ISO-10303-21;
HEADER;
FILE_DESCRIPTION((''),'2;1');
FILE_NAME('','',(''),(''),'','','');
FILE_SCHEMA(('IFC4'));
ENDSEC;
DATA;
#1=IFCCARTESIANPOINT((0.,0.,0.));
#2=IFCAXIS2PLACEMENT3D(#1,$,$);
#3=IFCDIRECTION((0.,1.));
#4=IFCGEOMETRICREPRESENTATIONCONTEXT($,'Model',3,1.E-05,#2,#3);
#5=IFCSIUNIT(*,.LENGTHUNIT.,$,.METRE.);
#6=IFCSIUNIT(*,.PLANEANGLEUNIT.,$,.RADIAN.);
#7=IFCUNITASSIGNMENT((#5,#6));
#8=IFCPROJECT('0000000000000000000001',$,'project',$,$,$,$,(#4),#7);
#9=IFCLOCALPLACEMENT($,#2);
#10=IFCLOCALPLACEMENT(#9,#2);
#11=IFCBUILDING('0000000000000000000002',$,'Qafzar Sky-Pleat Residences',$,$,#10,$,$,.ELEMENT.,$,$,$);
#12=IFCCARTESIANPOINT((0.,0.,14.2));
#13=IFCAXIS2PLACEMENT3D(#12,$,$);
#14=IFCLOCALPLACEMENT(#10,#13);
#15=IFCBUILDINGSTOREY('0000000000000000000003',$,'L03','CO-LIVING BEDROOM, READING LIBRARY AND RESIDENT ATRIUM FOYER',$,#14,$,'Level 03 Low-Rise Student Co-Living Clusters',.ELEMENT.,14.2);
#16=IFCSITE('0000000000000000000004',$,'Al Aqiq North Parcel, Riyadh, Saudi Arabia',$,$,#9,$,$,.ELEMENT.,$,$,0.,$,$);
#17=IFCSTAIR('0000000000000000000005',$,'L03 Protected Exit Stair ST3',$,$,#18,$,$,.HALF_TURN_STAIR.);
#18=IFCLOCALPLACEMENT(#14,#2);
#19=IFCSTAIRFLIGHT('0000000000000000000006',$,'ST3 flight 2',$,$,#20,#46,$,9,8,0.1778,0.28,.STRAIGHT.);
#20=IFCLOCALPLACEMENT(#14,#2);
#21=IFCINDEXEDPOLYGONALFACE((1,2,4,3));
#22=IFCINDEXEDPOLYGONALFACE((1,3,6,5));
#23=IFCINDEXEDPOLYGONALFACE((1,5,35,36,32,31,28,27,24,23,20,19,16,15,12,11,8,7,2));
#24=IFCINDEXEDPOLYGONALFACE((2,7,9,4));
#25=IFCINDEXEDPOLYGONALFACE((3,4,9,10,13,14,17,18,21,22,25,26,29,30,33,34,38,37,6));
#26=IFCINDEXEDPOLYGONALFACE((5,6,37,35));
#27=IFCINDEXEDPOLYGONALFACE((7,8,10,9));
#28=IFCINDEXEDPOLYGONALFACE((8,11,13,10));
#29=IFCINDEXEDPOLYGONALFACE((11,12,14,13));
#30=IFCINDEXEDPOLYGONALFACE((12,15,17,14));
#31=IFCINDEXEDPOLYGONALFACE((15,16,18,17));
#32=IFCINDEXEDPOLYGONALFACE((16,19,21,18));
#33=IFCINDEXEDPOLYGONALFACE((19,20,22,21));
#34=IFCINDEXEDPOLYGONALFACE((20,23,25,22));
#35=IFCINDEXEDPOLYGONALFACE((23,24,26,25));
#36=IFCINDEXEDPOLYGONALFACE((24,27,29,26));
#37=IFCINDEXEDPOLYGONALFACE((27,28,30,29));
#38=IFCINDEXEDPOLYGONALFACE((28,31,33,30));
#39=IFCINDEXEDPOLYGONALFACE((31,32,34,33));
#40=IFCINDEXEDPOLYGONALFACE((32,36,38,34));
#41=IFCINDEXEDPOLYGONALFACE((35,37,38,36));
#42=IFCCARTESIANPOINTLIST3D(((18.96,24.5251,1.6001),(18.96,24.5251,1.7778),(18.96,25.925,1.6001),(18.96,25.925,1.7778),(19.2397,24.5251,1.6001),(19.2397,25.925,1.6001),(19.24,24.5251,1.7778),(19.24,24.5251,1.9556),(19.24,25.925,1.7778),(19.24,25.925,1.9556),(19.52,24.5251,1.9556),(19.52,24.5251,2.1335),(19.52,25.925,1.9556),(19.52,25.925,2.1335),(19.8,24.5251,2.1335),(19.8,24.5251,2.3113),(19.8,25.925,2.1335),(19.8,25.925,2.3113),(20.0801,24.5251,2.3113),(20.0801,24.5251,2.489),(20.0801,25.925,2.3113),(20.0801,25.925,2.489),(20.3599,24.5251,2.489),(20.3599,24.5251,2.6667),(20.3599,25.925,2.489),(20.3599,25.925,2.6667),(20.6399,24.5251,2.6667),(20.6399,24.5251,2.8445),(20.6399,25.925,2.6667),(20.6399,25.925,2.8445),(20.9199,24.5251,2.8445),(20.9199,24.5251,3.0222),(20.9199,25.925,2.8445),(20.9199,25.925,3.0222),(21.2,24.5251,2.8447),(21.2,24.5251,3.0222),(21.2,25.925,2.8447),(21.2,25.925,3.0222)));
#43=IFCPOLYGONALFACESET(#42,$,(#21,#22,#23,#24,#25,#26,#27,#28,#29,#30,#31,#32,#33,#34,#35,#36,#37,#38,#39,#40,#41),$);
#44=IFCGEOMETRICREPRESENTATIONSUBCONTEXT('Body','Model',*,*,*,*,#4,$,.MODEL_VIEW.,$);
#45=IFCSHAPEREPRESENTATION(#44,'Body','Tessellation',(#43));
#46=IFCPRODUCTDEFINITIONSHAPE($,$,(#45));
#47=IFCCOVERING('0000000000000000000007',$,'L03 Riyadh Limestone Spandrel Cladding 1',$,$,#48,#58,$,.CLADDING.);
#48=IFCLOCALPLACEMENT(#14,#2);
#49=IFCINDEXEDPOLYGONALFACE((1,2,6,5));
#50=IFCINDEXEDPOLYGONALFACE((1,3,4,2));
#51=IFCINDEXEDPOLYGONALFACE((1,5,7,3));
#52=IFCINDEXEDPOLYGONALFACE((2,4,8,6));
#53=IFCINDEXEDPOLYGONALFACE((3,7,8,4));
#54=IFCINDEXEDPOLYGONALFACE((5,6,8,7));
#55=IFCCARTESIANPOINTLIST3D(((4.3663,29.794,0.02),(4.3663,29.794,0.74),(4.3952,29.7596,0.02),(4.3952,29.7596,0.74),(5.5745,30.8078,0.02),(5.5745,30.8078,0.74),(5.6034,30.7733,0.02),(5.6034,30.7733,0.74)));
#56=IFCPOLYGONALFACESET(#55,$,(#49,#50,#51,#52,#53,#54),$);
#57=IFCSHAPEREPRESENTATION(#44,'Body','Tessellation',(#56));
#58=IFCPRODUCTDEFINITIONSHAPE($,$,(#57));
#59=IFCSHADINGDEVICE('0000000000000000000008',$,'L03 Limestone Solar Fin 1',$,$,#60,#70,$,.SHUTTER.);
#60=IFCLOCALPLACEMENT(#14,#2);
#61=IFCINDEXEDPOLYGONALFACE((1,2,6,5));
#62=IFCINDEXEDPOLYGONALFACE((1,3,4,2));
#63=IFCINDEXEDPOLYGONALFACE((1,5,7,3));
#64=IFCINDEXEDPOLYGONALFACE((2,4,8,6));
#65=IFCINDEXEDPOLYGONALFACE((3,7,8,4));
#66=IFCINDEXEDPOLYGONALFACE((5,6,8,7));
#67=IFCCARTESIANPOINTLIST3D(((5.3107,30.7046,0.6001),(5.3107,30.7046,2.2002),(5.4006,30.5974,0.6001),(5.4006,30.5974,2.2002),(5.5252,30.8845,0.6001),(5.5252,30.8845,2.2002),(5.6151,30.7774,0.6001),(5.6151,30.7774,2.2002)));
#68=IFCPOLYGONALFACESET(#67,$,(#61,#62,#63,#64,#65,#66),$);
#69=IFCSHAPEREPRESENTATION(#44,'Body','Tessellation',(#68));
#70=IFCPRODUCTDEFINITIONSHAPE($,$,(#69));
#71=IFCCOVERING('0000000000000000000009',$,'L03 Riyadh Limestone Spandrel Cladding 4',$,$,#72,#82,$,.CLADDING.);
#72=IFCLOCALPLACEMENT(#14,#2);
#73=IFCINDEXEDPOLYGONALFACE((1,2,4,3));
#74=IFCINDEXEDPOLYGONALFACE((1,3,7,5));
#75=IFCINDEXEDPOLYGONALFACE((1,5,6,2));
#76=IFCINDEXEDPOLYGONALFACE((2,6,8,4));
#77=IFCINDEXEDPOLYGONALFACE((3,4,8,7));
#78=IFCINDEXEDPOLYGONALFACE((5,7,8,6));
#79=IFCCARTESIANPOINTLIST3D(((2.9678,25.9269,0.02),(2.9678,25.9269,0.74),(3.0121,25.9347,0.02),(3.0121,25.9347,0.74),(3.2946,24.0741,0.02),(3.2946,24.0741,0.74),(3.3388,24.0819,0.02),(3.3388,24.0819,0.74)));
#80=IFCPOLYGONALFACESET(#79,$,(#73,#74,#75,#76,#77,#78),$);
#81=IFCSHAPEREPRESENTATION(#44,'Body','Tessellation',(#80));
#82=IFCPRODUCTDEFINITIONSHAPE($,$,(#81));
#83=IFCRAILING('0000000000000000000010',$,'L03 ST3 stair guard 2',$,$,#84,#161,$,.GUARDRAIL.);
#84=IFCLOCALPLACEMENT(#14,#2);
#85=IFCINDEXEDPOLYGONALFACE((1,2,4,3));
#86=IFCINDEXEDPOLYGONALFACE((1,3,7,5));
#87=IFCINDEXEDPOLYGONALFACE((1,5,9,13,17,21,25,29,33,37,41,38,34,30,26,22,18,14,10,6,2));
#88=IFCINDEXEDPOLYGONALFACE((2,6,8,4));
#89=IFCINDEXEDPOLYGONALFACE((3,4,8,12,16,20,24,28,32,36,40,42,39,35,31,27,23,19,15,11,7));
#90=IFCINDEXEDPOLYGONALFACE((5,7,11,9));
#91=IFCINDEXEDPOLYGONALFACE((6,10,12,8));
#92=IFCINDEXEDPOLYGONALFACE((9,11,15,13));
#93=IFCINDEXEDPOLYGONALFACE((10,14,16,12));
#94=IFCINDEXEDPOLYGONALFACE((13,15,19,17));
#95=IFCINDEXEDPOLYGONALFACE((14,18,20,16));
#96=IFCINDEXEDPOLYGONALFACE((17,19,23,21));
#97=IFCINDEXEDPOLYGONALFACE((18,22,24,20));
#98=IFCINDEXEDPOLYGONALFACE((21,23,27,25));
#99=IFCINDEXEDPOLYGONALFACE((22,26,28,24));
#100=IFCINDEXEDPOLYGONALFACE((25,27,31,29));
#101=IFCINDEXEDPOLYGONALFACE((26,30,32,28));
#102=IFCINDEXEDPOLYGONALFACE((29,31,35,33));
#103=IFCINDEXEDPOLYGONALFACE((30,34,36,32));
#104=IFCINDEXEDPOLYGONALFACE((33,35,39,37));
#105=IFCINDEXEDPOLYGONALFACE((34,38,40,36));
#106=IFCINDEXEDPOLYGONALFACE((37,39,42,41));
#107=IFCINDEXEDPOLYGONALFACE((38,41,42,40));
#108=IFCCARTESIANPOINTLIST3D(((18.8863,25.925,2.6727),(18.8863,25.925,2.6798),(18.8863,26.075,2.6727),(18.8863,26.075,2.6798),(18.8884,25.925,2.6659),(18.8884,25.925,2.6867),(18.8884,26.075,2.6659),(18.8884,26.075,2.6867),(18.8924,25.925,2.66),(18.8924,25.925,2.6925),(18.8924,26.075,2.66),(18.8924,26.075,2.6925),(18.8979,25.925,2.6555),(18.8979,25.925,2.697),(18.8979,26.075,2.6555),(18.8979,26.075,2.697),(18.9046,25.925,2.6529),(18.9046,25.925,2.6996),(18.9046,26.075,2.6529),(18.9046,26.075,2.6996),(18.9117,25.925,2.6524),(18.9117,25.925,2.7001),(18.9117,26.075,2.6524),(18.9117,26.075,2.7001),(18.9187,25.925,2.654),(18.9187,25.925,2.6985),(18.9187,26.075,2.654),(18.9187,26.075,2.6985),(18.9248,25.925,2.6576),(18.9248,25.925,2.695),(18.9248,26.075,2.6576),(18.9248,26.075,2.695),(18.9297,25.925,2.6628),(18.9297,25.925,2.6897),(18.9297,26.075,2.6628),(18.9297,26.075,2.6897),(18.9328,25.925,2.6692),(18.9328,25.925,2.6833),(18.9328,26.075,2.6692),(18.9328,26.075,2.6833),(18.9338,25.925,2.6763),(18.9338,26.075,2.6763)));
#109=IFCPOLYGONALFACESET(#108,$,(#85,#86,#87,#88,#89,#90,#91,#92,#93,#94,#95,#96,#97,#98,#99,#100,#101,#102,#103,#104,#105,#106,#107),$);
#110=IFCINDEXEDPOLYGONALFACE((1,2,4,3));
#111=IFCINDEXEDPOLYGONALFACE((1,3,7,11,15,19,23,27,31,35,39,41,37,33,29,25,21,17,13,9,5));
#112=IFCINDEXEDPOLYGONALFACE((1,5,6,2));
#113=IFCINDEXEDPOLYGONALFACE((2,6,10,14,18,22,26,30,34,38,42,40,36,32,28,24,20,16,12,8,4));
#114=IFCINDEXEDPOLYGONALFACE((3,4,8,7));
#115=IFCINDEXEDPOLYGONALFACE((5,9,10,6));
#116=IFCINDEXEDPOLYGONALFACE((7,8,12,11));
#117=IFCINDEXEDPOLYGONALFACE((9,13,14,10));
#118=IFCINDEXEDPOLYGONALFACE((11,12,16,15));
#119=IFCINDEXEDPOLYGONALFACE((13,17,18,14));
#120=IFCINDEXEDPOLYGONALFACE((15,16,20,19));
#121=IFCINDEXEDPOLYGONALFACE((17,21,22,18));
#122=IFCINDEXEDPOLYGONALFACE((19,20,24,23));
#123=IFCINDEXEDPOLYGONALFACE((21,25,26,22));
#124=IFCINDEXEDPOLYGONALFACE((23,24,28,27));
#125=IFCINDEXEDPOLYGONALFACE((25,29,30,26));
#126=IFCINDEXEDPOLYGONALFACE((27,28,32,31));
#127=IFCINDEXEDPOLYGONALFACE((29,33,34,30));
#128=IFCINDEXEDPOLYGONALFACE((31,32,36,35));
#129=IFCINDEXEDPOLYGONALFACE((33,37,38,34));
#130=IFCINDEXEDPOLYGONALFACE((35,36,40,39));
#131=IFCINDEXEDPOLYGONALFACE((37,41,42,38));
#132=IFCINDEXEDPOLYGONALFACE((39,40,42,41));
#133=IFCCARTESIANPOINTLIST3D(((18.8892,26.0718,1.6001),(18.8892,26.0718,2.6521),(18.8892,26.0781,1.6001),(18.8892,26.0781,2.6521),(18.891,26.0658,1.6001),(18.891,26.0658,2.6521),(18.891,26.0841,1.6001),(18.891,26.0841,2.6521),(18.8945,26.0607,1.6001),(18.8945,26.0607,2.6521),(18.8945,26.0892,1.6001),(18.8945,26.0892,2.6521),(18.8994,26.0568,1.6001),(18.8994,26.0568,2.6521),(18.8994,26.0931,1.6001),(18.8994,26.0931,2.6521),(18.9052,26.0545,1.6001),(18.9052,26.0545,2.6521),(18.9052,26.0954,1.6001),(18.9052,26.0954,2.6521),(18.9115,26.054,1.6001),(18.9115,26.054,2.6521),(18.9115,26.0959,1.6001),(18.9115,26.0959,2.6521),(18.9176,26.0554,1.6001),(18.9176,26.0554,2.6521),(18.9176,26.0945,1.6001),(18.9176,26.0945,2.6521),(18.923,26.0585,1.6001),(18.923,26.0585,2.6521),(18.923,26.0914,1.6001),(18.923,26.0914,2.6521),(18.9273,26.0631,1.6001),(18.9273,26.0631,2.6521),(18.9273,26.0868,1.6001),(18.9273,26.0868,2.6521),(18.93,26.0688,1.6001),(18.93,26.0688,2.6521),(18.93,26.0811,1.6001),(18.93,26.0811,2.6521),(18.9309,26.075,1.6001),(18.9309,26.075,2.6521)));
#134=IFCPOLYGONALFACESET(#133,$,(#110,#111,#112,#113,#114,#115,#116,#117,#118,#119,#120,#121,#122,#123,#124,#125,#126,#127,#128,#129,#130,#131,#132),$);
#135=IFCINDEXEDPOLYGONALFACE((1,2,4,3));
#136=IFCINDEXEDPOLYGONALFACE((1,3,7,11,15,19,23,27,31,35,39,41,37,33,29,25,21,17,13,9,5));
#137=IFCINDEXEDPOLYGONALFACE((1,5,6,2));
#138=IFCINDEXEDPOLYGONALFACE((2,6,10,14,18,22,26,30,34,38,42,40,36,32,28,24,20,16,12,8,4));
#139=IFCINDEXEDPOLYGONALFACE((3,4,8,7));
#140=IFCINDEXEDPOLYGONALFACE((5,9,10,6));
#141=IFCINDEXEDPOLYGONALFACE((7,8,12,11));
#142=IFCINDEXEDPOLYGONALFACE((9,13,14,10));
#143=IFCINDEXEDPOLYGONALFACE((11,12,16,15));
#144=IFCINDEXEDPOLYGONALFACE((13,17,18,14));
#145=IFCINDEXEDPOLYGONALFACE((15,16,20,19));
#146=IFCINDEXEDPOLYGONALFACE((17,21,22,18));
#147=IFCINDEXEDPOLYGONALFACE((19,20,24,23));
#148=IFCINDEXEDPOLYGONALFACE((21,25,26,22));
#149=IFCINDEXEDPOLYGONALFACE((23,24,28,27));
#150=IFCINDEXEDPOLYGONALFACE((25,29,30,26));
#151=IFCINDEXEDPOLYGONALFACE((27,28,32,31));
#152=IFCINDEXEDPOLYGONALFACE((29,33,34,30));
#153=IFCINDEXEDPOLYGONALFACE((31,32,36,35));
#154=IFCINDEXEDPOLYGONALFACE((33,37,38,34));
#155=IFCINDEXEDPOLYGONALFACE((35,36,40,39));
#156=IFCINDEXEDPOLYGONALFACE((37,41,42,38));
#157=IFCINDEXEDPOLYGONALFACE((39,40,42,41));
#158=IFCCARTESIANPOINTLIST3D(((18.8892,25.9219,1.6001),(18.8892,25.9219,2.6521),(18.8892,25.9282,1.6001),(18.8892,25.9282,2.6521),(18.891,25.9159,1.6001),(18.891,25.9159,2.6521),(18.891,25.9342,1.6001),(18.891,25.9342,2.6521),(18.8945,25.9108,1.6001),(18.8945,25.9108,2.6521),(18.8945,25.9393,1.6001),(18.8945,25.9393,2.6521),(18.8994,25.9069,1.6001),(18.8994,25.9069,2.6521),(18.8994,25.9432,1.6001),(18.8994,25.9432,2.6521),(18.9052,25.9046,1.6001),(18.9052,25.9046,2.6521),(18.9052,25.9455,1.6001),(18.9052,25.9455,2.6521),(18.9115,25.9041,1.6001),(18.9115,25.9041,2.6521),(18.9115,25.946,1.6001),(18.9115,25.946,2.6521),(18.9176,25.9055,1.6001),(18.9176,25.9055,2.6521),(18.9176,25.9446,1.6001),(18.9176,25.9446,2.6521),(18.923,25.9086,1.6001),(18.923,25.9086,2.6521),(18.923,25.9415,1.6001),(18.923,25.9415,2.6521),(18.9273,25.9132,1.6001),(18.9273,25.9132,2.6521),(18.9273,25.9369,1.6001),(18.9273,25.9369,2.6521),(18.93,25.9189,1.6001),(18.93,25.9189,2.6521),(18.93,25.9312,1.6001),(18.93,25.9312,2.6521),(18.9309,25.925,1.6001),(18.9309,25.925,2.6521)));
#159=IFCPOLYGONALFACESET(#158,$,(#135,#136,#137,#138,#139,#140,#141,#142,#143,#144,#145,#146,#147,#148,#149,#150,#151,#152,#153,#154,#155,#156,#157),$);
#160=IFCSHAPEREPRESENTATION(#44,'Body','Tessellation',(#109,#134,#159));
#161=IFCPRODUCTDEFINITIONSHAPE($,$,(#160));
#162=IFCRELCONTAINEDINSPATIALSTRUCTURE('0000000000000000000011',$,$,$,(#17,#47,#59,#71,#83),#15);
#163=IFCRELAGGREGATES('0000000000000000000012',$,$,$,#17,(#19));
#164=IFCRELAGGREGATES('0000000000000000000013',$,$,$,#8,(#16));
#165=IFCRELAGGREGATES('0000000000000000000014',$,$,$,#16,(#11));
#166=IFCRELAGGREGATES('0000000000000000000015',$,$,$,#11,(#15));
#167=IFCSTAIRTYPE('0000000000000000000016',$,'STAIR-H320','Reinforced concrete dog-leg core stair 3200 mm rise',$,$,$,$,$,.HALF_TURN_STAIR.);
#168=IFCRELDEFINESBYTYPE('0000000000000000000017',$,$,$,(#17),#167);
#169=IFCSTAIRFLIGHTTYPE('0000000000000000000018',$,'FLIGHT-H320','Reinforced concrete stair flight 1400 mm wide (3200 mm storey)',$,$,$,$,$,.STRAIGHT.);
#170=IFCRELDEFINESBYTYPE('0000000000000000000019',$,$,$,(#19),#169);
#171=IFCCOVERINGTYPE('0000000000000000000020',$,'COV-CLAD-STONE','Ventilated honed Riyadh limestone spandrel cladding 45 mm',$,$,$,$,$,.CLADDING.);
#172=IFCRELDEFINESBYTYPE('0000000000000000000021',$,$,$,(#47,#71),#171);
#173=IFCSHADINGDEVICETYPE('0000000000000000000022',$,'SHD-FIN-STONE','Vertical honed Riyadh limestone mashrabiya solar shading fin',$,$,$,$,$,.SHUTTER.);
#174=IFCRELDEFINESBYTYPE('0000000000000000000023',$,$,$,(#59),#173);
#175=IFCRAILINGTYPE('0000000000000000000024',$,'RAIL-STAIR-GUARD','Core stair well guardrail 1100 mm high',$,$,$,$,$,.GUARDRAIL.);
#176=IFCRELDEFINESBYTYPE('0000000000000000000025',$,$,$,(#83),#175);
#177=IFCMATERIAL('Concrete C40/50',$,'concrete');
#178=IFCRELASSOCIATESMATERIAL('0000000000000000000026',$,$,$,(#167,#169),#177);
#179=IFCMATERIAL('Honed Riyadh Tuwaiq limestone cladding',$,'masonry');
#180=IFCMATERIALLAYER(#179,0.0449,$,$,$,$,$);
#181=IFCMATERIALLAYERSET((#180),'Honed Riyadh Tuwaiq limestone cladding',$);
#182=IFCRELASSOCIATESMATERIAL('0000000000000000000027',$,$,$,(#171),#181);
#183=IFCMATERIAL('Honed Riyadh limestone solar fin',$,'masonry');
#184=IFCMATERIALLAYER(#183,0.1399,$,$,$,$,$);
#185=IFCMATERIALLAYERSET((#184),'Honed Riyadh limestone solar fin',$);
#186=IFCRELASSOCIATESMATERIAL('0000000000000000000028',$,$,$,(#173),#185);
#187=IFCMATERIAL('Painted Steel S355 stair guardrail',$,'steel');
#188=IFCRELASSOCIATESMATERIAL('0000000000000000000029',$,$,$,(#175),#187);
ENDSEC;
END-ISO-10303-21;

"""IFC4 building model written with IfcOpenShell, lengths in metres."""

from ifc_helpers import new_model, si_unit, direction, frame, origin, origin_2d, place, context, subcontext, project, spatial, polyline, rectangle, circle, outline, extrude, source, transform, mapped, material, layer, layer_set, type_object, element, aggregate, save


model = new_model("IFC4")

# Units and contexts
model_context = context("Model", 3, precision=1e-05, world=origin(), true_north=direction((0.0, 1.0)))
body_context = subcontext(model_context, "Body", "Model", "MODEL_VIEW")
ifc_project = project(units=[si_unit("LENGTHUNIT", "METRE"), si_unit("PLANEANGLEUNIT", "RADIAN")], contexts=[model_context])

# Site, building, storey
site_placement = place(None, origin())
site = spatial("IfcSite", under=ifc_project, at=site_placement, Name="Al Aqiq North Parcel, Riyadh, Saudi Arabia", CompositionType="ELEMENT", RefElevation=0.0)
building_placement = place(site_placement, origin())
building = spatial("IfcBuilding", under=site, at=building_placement, Name="Qafzar Sky-Pleat Residences", CompositionType="ELEMENT")
storey_placement = place(building_placement, frame((0.0, 0.0, 14.2)))
storey = spatial("IfcBuildingStorey", under=building, at=storey_placement, Name="L03", Description="CO-LIVING BEDROOM, READING LIBRARY AND RESIDENT ATRIUM FOYER", LongName="Level 03 Low-Rise Student Co-Living Clusters", CompositionType="ELEMENT", Elevation=14.2)

# Stair, stair flight
ifc_material_1 = material(Name="Concrete C40/50", Category="concrete")
stair_type = type_object("IfcStairType", Name="STAIR-H320", Description="Reinforced concrete dog-leg core stair 3200 mm rise", PredefinedType="HALF_TURN_STAIR", material=ifc_material_1)
stair_placement = place(storey_placement, origin())
stair = element("IfcStair", 1, at=stair_placement, inside=storey, type_object=stair_type, Name="L03 Protected Exit Stair ST3", PredefinedType="HALF_TURN_STAIR")
stair_flight_type = type_object("IfcStairFlightType", Name="FLIGHT-H320", Description="Reinforced concrete stair flight 1400 mm wide (3200 mm storey)", PredefinedType="STRAIGHT", material=ifc_material_1)
shared_shape_1 = source(origin(), body_context, "Body", "SweptSolid", [
    extrude(outline(polyline([(0.0, 0.0), (0.0, 0.1777), (0.28, 0.1777), (0.28, 0.3555), (0.5601, 0.3555), (0.5601, 0.5334), (0.8401, 0.5334), (0.8401, 0.7112), (1.1201, 0.7112), (1.1201, 0.8889), (1.3999, 0.8889), (1.3999, 1.0667), (1.6799, 1.0667), (1.6799, 1.2444), (1.96, 1.2444), (1.96, 1.4221), (2.24, 1.4221), (2.24, 1.6001), (2.24, 1.2446), (0.2798, 0.0), (0.0, 0.0)])), frame((0.0, 0.7, 0.0), z_axis=(0.0, -1.0, 0.0), x_axis=(1.0, 0.0, 0.0)), (0.0, 0.0, 1.0), 1.3999),
])
stair_flight_placement = place(storey_placement, frame((18.96, 25.2251, 1.6001), z_axis=(0.0, 0.0, 1.0), x_axis=(1.0, 0.0, 0.0)))
stair_flight = element("IfcStairFlight", 2, at=stair_flight_placement, type_object=stair_flight_type, Name="ST3 flight 2", NumberOfRisers=9, NumberOfTreads=8, PredefinedType="STRAIGHT", RiserHeight=0.1778, TreadLength=0.28, context=body_context, shape_type="MappedRepresentation", body=[
    mapped(shared_shape_1, transform((0.0, 0.0, 0.0), x_axis=(1.0, 0.0, 0.0), y_axis=(0.0, 1.0, 0.0), z_axis=(0.0, 0.0, 1.0), scale=1.0)),
])
aggregate(stair, [stair_flight])

# Covering
ifc_material_2 = material(Name="Honed Riyadh Tuwaiq limestone cladding", Category="masonry")
ifc_layer_1 = layer(ifc_material_2, 0.0449)
ifc_layer_set_1 = layer_set([ifc_layer_1], Name="Honed Riyadh Tuwaiq limestone cladding")
covering_type = type_object("IfcCoveringType", Name="COV-CLAD-STONE", Description="Ventilated honed Riyadh limestone spandrel cladding 45 mm", PredefinedType="CLADDING", material=ifc_layer_set_1)
shared_shape_2 = source(origin(), body_context, "Body", "SweptSolid", [
    extrude(rectangle(XDim=1.5771, YDim=0.0449, at=origin_2d()), origin(), (0.0, 0.0, 1.0), 0.72),
])
covering_1_placement = place(storey_placement, frame((4.9849, 30.2837, 0.02), z_axis=(0.0, 0.0, 1.0), x_axis=(-0.766075, -0.642752, 0.0)))
element("IfcCovering", 3, at=covering_1_placement, inside=storey, type_object=covering_type, Name="L03 Riyadh Limestone Spandrel Cladding 1", PredefinedType="CLADDING", context=body_context, shape_type="MappedRepresentation", body=[
    mapped(shared_shape_2, transform((0.0, 0.0, 0.0), x_axis=(1.0, 0.0, 0.0), y_axis=(0.0, 1.0, 0.0), z_axis=(0.0, 0.0, 1.0), scale=1.0)),
])

# Shading device
ifc_material_3 = material(Name="Honed Riyadh limestone solar fin", Category="masonry")
ifc_layer_2 = layer(ifc_material_3, 0.1399)
ifc_layer_set_2 = layer_set([ifc_layer_2], Name="Honed Riyadh limestone solar fin")
shading_device_type = type_object("IfcShadingDeviceType", Name="SHD-FIN-STONE", Description="Vertical honed Riyadh limestone mashrabiya solar shading fin", PredefinedType="SHUTTER", material=ifc_layer_set_2)
shared_shape_3 = source(origin(), body_context, "Body", "SweptSolid", [
    extrude(rectangle(XDim=0.1399, YDim=0.28, at=origin_2d()), origin(), (0.0, 0.0, 1.0), 1.6001),
])
shading_device_placement = place(storey_placement, frame((5.4629, 30.741, 0.6001), z_axis=(0.0, 0.0, 1.0), x_axis=(-0.642754, 0.766072, 0.0)))
element("IfcShadingDevice", 4, at=shading_device_placement, inside=storey, type_object=shading_device_type, Name="L03 Limestone Solar Fin 1", PredefinedType="SHUTTER", context=body_context, shape_type="MappedRepresentation", body=[
    mapped(shared_shape_3, transform((0.0, 0.0, 0.0), x_axis=(1.0, 0.0, 0.0), y_axis=(0.0, 1.0, 0.0), z_axis=(0.0, 0.0, 1.0), scale=1.0)),
])

# Covering
shared_shape_4 = source(origin(), body_context, "Body", "SweptSolid", [
    extrude(rectangle(XDim=1.8813, YDim=0.0449, at=origin_2d()), origin(), (0.0, 0.0, 1.0), 0.72),
])
covering_2_placement = place(storey_placement, frame((3.1533, 25.0044, 0.02), z_axis=(0.0, 0.0, 1.0), x_axis=(0.173663, -0.984805, 0.0)))
element("IfcCovering", 5, at=covering_2_placement, inside=storey, type_object=covering_type, Name="L03 Riyadh Limestone Spandrel Cladding 4", PredefinedType="CLADDING", context=body_context, shape_type="MappedRepresentation", body=[
    mapped(shared_shape_4, transform((0.0, 0.0, 0.0), x_axis=(1.0, 0.0, 0.0), y_axis=(0.0, 1.0, 0.0), z_axis=(0.0, 0.0, 1.0), scale=1.0)),
])

# Railing
ifc_material_4 = material(Name="Painted Steel S355 stair guardrail", Category="steel")
railing_type = type_object("IfcRailingType", Name="RAIL-STAIR-GUARD", Description="Core stair well guardrail 1100 mm high", PredefinedType="GUARDRAIL", material=ifc_material_4)
shared_shape_5 = source(origin(), body_context, "Body", "SweptSolid", [
    extrude(circle(Radius=0.0239, at=origin_2d()), frame((0.0, 0.0, 1.0762), z_axis=(0.0, -1.0, 0.0), x_axis=(1.0, 0.0, 0.0)), (0.0, 0.0, 1.0), 0.1499),
    extrude(circle(Radius=0.021, at=origin_2d()), origin(), (0.0, 0.0, 1.0), 1.052),
    extrude(circle(Radius=0.021, at=origin_2d()), frame((0.0, -0.1499, 0.0)), (0.0, 0.0, 1.0), 1.052),
])
railing_1_placement = place(storey_placement, frame((18.9099, 26.075, 1.6001)))
element("IfcRailing", 6, at=railing_1_placement, inside=storey, type_object=railing_type, Name="L03 ST3 stair guard 2", PredefinedType="GUARDRAIL", context=body_context, shape_type="MappedRepresentation", body=[
    mapped(shared_shape_5, transform((0.0, 0.0, 0.0), x_axis=(1.0, 0.0, 0.0), y_axis=(0.0, 1.0, 0.0), z_axis=(0.0, 0.0, 1.0), scale=1.0)),
])

save(model, "model.ifc")
